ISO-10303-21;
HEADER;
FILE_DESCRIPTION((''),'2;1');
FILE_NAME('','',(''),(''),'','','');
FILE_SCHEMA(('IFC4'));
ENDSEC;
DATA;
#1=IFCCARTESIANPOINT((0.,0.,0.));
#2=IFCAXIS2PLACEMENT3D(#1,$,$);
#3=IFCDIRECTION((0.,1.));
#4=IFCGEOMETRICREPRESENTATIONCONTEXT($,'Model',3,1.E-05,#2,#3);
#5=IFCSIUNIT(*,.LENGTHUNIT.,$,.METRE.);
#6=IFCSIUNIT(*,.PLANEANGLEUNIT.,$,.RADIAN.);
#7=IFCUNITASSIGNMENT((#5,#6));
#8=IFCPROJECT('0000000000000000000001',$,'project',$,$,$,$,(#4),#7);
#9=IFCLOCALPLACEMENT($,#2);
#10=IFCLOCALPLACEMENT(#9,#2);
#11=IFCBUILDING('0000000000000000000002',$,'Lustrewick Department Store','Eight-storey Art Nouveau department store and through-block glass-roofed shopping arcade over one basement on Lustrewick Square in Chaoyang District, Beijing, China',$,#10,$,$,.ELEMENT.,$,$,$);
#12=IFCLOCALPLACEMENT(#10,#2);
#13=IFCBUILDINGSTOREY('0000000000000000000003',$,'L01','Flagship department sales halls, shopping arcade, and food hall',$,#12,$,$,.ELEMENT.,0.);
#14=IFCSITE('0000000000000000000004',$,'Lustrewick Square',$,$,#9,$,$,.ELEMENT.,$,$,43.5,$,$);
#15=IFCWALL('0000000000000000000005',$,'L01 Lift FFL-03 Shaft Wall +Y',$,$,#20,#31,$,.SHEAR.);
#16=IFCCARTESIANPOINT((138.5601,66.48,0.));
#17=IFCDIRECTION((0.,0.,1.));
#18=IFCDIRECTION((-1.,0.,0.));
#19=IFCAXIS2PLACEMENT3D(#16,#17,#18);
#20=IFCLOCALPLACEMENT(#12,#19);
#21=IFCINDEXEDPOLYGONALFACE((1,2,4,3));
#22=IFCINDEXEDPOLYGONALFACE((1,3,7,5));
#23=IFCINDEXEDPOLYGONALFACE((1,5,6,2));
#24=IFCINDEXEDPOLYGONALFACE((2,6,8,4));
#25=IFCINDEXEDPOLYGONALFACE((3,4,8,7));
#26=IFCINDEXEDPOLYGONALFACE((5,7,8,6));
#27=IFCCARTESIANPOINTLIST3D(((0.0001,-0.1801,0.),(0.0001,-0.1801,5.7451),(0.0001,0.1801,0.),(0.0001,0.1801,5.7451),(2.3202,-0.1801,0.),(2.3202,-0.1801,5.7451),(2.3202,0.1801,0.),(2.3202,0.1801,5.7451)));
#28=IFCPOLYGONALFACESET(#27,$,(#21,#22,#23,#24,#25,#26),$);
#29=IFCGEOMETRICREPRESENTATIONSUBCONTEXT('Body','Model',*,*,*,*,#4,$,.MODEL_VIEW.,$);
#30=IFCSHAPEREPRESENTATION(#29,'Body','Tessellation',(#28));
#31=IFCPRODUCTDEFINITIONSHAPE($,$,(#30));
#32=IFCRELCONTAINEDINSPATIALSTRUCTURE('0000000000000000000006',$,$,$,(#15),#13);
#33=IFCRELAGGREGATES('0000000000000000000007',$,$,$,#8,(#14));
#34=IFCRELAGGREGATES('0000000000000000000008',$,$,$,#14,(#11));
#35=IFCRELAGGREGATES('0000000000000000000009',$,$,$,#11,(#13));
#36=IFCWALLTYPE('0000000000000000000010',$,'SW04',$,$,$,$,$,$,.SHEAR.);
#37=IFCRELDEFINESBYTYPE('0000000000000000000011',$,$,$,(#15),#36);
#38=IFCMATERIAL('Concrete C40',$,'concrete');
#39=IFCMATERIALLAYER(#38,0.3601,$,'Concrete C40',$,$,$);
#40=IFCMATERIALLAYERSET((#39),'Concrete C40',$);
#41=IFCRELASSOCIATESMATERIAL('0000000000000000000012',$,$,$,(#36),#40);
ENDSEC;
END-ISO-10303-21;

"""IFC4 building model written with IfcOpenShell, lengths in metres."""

from ifc_helpers import new_model, si_unit, direction, frame, frame_2d, origin, place, context, subcontext, project, spatial, rectangle, extrude, material, layer, layer_set, type_object, element, save


model = new_model("IFC4")

# Units and contexts
model_context = context("Model", 3, precision=1e-05, world=origin(), true_north=direction((0.0, 1.0)))
body_context = subcontext(model_context, "Body", "Model", "MODEL_VIEW")
ifc_project = project(units=[si_unit("LENGTHUNIT", "METRE"), si_unit("PLANEANGLEUNIT", "RADIAN")], contexts=[model_context])

# Site, building, storey
site_placement = place(None, origin())
site = spatial("IfcSite", under=ifc_project, at=site_placement, Name="Lustrewick Square", CompositionType="ELEMENT", RefElevation=43.5)
building_placement = place(site_placement, origin())
building = spatial("IfcBuilding", under=site, at=building_placement, Name="Lustrewick Department Store", Description="Eight-storey Art Nouveau department store and through-block glass-roofed shopping arcade over one basement on Lustrewick Square in Chaoyang District, Beijing, China", CompositionType="ELEMENT")
storey_placement = place(building_placement, origin())
storey = spatial("IfcBuildingStorey", under=building, at=storey_placement, Name="L01", Description="Flagship department sales halls, shopping arcade, and food hall", CompositionType="ELEMENT", Elevation=0.0)

# Shared definitions
ifc_material_1 = material(Name="Concrete C40", Category="concrete")

# Wall
ifc_layer_1 = layer(ifc_material_1, 0.3601, Name="Concrete C40")
ifc_layer_set_1 = layer_set([ifc_layer_1], Name="Concrete C40")
wall_type_1 = type_object("IfcWallType", Name="SW04", PredefinedType="SHEAR", material=ifc_layer_set_1)
wall_1_placement = place(storey_placement, frame((138.5601, 66.48, 0.0), z_axis=(0.0, 0.0, 1.0), x_axis=(-1.0, 0.0, 0.0)))
element("IfcWall", 1, at=wall_1_placement, inside=storey, type_object=wall_type_1, Name="L01 Lift FFL-03 Shaft Wall +Y", PredefinedType="SHEAR", context=body_context, shape_type="SweptSolid", body=[
    extrude(rectangle(XDim=2.3201, YDim=0.3601, at=frame_2d((1.1602, 0.0))), origin(), (0.0, 0.0, 1.0), 5.7451),
])

save(model, "model.ifc")
